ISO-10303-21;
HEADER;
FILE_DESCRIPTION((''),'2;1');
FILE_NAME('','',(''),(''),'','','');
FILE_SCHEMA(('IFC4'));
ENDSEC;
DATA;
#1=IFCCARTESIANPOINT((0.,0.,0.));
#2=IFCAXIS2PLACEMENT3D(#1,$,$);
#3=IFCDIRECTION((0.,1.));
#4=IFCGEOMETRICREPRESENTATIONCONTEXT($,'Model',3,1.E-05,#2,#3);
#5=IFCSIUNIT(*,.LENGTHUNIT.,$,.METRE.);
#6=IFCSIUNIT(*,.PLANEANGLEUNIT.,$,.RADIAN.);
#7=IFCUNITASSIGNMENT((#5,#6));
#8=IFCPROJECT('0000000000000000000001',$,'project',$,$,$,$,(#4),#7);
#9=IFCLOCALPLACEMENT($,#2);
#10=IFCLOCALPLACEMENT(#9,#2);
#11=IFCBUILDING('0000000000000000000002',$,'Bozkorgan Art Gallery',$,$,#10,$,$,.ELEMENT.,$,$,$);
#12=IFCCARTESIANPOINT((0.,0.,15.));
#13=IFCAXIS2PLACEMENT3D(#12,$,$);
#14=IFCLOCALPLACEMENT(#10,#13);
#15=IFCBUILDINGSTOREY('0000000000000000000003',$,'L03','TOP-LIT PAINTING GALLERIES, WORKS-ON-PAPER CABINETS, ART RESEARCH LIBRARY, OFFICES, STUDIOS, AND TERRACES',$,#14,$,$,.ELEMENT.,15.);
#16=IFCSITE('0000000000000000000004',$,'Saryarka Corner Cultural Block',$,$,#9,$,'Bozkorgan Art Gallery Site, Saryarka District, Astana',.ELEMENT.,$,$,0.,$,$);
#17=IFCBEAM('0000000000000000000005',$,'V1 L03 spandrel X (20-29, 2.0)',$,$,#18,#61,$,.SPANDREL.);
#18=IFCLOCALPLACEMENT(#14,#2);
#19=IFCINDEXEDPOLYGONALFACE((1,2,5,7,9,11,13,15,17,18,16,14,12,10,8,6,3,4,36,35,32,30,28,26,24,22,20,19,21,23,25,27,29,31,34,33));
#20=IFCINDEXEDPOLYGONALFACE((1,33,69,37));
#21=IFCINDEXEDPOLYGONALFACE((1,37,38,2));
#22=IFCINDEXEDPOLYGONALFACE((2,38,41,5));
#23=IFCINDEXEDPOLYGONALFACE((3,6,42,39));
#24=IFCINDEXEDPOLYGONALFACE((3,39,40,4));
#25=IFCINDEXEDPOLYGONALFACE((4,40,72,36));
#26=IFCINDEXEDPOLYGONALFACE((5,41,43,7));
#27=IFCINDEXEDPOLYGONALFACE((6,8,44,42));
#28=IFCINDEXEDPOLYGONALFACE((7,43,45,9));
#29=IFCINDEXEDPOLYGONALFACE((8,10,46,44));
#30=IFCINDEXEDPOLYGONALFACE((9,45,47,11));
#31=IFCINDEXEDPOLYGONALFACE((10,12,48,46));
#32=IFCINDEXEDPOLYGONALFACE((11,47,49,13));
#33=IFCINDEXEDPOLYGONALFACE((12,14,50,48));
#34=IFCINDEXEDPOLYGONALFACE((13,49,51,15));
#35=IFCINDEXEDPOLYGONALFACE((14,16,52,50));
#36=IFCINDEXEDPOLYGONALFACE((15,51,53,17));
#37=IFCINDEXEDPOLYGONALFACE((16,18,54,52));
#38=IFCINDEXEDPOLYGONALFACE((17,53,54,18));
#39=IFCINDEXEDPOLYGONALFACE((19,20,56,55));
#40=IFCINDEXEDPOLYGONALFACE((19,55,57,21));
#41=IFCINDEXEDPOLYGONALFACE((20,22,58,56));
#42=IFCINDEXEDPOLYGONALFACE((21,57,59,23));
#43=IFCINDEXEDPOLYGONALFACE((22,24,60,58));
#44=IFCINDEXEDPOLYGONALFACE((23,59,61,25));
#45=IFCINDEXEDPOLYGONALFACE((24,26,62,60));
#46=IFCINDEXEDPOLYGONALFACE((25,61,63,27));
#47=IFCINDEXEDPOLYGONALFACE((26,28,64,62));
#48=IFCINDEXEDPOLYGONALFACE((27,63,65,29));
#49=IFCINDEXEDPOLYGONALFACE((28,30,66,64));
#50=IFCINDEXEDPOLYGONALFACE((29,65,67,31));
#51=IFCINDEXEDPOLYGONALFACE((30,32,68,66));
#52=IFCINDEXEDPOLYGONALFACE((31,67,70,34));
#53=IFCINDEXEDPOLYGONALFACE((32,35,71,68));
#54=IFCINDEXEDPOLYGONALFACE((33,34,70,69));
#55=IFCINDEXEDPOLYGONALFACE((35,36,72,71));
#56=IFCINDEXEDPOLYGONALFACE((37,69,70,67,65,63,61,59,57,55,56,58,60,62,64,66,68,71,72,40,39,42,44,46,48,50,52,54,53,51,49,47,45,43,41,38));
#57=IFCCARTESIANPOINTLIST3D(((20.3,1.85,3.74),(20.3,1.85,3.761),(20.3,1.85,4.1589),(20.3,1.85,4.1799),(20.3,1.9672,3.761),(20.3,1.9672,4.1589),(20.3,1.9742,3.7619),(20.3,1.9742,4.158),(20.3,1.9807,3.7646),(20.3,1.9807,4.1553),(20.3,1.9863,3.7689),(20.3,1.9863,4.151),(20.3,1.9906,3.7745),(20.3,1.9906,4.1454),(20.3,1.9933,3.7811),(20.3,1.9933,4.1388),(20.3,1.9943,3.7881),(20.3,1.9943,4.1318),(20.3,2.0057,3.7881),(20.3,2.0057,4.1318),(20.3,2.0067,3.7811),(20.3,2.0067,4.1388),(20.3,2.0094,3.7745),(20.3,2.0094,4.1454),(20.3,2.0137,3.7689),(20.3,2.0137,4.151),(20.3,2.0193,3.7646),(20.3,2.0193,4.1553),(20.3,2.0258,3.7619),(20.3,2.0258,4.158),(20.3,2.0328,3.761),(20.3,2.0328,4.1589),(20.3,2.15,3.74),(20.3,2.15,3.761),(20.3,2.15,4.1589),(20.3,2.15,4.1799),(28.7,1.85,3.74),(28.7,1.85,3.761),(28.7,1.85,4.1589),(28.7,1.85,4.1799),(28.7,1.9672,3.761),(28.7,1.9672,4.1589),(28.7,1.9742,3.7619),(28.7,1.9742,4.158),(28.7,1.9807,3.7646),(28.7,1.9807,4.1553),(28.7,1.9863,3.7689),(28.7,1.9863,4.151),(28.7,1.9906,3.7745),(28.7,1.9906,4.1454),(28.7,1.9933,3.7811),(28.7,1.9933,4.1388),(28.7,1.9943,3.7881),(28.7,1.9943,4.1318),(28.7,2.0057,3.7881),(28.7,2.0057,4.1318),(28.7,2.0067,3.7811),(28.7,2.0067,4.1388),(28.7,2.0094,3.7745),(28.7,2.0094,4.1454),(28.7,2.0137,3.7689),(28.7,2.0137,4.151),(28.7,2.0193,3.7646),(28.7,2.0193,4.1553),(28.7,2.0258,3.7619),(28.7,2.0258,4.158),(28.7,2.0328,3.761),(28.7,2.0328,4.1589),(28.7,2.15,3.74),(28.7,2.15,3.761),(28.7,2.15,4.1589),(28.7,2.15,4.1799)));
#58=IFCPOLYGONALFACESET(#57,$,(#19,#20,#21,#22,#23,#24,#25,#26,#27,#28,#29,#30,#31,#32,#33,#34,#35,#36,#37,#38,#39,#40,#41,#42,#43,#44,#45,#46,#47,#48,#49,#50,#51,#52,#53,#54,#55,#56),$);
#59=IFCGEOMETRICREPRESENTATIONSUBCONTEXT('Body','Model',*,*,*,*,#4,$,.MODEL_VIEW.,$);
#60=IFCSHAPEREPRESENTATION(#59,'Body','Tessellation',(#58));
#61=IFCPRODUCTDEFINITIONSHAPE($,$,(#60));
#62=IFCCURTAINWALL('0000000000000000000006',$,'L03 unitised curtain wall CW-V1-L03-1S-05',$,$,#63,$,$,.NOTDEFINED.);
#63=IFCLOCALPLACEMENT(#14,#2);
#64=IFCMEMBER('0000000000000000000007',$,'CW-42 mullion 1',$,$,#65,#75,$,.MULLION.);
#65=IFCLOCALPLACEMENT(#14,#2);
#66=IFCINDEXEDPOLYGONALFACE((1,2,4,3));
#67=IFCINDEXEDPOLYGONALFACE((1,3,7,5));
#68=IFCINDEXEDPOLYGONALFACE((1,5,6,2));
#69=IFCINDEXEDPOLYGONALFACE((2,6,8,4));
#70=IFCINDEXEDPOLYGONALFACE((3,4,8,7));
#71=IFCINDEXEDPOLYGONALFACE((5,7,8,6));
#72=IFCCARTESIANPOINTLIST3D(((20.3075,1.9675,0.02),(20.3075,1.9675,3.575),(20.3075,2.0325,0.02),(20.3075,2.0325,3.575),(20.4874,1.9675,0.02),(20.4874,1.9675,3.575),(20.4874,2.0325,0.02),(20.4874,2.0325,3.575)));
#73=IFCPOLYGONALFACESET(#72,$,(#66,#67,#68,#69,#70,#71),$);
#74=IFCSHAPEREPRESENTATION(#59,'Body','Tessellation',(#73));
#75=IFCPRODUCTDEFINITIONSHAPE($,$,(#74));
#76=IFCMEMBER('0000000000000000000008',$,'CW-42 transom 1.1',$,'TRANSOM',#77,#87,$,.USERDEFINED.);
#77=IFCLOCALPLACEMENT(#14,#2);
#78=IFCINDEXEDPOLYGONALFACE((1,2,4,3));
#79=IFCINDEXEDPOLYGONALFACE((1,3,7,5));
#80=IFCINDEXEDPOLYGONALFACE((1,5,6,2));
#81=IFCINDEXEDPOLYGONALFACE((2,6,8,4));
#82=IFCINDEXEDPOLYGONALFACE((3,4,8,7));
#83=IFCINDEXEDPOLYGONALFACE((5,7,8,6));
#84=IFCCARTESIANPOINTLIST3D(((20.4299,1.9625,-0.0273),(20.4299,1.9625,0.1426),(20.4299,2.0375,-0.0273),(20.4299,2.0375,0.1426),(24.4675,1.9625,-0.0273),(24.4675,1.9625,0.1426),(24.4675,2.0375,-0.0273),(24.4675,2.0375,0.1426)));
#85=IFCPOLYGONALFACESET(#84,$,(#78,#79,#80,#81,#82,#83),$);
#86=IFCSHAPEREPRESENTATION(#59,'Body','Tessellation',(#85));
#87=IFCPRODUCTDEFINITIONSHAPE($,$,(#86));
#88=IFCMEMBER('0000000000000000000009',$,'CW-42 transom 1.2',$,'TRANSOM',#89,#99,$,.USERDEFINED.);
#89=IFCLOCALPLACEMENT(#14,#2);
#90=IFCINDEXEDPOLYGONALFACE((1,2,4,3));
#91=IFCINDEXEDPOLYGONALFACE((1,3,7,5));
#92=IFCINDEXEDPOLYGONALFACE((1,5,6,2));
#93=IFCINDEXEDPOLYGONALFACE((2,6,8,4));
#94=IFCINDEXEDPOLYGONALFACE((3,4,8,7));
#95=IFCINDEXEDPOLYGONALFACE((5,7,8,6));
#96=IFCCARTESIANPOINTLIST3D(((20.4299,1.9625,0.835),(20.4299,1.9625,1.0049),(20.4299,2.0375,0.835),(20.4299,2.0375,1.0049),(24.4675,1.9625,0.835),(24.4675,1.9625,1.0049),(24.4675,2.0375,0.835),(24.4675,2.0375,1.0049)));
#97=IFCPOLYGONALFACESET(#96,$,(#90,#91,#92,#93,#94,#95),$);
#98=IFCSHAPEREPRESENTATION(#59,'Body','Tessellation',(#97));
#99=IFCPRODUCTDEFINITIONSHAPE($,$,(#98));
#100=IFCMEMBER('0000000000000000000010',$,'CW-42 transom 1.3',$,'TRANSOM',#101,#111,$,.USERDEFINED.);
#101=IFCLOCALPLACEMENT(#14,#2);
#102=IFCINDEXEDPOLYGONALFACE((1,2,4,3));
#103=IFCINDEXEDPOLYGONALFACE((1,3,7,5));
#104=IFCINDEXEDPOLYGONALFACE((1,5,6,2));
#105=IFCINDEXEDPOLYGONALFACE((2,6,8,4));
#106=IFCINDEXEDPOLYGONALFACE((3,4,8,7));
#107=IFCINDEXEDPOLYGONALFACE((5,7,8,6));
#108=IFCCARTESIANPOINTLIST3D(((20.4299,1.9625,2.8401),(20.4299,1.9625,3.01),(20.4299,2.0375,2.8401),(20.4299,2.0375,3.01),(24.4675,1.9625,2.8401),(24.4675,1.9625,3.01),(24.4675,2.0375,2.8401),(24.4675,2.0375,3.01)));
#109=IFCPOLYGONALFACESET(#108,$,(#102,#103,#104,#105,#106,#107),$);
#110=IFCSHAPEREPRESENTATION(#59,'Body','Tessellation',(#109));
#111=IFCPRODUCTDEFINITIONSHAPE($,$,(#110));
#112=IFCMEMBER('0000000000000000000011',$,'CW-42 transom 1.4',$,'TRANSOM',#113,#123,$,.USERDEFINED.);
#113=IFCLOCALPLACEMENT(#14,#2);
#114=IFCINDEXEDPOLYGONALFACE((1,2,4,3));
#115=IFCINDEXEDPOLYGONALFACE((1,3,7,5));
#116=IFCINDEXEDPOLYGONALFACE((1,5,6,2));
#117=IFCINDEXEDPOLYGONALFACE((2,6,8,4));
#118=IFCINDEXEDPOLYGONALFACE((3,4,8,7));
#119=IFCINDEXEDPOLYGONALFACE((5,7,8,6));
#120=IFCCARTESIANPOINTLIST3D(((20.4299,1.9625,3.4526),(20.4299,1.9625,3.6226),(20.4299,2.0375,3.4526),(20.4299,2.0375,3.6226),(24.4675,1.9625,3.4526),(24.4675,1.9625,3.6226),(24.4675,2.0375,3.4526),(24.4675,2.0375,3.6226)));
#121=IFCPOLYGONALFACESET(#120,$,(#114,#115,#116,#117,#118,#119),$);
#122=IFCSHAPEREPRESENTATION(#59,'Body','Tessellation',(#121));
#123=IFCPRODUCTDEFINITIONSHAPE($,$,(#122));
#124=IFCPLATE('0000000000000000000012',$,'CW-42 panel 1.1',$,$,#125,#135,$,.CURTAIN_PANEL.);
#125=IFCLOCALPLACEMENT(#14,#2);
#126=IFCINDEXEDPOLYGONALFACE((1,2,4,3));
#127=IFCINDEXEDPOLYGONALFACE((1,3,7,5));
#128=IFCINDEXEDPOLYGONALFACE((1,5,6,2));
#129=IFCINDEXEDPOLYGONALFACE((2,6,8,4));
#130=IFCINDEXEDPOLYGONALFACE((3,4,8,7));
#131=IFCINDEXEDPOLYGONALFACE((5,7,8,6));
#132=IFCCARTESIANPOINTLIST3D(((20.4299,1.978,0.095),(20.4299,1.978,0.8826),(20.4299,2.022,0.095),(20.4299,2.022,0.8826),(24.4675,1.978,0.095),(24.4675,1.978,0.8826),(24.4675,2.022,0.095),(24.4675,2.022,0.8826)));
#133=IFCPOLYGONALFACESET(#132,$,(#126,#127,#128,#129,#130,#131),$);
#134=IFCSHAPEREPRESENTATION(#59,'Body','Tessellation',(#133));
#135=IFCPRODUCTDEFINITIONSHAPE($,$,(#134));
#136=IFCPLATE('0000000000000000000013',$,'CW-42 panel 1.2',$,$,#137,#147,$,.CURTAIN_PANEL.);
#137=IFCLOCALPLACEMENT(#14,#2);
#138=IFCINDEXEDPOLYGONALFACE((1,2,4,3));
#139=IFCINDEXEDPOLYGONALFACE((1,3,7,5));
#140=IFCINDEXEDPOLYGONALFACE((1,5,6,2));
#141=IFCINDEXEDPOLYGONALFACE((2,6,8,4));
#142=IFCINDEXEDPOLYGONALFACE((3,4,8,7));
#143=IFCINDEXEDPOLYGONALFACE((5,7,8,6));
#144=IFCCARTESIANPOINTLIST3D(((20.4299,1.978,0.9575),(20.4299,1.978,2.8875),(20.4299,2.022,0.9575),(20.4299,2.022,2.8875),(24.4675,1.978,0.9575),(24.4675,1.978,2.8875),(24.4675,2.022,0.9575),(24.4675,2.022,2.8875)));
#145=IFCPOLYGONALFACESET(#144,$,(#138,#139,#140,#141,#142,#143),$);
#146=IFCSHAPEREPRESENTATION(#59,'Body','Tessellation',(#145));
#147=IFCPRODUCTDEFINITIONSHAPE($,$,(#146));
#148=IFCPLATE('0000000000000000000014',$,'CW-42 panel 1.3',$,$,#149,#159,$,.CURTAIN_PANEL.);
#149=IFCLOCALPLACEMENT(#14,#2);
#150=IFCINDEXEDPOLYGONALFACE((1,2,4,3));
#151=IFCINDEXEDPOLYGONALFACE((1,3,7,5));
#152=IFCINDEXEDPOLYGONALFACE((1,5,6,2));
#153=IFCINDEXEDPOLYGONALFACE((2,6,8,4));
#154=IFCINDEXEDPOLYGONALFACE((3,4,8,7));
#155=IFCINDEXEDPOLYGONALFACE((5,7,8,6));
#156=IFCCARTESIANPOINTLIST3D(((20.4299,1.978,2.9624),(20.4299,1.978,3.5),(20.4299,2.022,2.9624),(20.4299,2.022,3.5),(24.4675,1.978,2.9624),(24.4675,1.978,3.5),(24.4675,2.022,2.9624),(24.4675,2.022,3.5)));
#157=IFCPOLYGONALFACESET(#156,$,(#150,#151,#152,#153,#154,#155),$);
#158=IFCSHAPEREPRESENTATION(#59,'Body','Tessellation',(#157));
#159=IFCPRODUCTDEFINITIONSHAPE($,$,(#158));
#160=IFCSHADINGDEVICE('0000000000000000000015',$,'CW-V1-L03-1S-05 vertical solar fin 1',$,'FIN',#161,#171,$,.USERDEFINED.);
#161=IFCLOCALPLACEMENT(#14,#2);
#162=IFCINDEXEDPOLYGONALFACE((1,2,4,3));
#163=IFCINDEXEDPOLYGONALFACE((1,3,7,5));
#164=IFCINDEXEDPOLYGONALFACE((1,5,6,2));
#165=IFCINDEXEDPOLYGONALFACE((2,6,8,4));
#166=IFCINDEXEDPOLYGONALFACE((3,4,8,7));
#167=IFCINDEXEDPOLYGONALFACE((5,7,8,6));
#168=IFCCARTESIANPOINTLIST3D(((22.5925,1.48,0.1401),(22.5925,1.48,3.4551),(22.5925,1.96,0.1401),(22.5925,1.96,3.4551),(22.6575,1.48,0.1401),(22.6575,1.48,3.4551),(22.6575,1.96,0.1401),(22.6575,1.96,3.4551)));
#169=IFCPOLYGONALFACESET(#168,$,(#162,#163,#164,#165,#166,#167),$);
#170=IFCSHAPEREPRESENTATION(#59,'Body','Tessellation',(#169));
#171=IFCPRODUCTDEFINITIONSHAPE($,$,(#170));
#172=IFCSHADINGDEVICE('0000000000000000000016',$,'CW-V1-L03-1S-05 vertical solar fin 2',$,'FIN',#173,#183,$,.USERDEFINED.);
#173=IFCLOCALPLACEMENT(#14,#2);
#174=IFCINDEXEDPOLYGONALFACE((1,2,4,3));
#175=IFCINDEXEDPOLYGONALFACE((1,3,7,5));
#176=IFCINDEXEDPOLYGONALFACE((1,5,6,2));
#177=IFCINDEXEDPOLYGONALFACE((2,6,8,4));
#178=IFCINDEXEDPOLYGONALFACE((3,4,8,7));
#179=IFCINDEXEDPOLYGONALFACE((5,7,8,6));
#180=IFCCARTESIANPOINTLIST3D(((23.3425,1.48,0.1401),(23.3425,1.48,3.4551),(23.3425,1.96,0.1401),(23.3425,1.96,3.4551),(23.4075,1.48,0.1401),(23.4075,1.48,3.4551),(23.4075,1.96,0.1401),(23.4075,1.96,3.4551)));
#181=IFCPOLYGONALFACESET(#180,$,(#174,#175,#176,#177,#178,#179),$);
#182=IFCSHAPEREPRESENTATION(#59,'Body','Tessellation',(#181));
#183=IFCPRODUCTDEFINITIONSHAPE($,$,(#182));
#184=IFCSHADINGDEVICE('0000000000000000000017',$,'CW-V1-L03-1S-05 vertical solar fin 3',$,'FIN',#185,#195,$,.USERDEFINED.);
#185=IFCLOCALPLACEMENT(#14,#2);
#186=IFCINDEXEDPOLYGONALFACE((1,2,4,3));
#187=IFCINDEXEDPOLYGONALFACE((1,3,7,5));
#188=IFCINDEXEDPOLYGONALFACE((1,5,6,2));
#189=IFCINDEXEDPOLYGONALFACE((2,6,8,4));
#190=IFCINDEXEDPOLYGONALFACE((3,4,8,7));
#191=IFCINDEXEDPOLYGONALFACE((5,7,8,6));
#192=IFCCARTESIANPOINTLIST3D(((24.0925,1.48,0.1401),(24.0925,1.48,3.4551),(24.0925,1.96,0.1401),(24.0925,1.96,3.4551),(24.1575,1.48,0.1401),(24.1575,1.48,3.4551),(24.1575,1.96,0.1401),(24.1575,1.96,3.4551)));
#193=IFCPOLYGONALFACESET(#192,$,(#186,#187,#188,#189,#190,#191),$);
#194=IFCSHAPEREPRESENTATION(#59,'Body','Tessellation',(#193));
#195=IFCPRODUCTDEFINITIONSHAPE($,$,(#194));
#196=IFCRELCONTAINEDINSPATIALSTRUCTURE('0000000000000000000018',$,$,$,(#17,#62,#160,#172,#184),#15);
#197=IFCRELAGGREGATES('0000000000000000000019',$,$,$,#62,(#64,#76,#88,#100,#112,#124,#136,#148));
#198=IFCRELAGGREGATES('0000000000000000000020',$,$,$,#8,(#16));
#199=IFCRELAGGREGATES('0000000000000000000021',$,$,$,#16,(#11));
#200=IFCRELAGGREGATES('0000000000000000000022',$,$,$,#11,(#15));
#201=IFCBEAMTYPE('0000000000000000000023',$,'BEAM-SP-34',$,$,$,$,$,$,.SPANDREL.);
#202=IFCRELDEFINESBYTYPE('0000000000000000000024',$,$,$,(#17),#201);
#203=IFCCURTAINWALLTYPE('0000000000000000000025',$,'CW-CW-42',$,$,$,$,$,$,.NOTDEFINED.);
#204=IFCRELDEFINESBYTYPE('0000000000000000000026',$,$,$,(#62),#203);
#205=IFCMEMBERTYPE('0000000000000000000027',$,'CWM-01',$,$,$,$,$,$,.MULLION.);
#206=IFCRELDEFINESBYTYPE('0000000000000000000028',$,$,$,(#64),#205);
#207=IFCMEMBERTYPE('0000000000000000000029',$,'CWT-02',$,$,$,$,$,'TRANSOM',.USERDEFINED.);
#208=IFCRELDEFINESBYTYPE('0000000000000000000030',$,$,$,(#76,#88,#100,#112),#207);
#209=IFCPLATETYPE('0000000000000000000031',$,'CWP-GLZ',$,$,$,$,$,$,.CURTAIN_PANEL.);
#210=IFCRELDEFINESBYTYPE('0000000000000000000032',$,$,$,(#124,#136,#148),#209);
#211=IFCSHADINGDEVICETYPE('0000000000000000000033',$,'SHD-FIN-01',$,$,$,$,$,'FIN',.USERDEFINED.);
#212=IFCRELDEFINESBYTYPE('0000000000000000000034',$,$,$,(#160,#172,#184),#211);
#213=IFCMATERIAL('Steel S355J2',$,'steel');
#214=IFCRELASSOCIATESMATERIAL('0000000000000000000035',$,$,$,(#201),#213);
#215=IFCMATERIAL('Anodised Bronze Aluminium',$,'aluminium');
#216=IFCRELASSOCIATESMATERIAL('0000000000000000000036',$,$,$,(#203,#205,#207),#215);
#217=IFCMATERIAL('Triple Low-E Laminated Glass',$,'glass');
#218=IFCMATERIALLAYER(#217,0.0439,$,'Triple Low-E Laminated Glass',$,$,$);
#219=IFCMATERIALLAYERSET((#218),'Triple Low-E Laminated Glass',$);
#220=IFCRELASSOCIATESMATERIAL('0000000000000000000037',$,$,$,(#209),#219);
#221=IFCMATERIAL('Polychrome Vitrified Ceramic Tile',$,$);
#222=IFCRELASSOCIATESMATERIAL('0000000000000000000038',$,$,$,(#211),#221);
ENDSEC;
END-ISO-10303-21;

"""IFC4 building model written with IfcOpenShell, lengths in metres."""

from ifc_helpers import new_model, si_unit, direction, frame, origin, origin_2d, place, context, subcontext, project, spatial, rectangle, i_section, extrude, material, layer, layer_set, material_profile, profile_set, type_object, element, aggregate, save


model = new_model("IFC4")

# Units and contexts
model_context = context("Model", 3, precision=1e-05, world=origin(), true_north=direction((0.0, 1.0)))
body_context = subcontext(model_context, "Body", "Model", "MODEL_VIEW")
ifc_project = project(units=[si_unit("LENGTHUNIT", "METRE"), si_unit("PLANEANGLEUNIT", "RADIAN")], contexts=[model_context])

# Site, building, storey
site_placement = place(None, origin())
site = spatial("IfcSite", under=ifc_project, at=site_placement, Name="Saryarka Corner Cultural Block", LongName="Bozkorgan Art Gallery Site, Saryarka District, Astana", CompositionType="ELEMENT", RefElevation=0.0)
building_placement = place(site_placement, origin())
building = spatial("IfcBuilding", under=site, at=building_placement, Name="Bozkorgan Art Gallery", CompositionType="ELEMENT")
storey_placement = place(building_placement, frame((0.0, 0.0, 15.0)))
storey = spatial("IfcBuildingStorey", under=building, at=storey_placement, Name="L03", Description="TOP-LIT PAINTING GALLERIES, WORKS-ON-PAPER CABINETS, ART RESEARCH LIBRARY, OFFICES, STUDIOS, AND TERRACES", CompositionType="ELEMENT", Elevation=15.0)

# Beam
ifc_material_1 = material(Name="Steel S355J2", Category="steel")
ifc_material_profile_1 = material_profile(ifc_material_1, i_section(OverallWidth=0.3, OverallDepth=0.4399, WebThickness=0.0115, FlangeThickness=0.021, FilletRadius=0.0271, at=origin_2d()), Name="HEA 450")
ifc_profile_set_1 = profile_set([ifc_material_profile_1], Name="Steel S355J2")
beam_type = type_object("IfcBeamType", Name="BEAM-SP-34", PredefinedType="SPANDREL", material=ifc_profile_set_1)
beam_placement = place(storey_placement, frame((20.3, 2.0, 3.96), z_axis=(1.0, 0.0, 0.0), x_axis=(0.0, 1.0, 0.0)))
element("IfcBeam", 1, at=beam_placement, inside=storey, type_object=beam_type, Name="V1 L03 spandrel X (20-29, 2.0)", PredefinedType="SPANDREL", context=body_context, shape_type="SweptSolid", body=[
    extrude(i_section(OverallWidth=0.3, OverallDepth=0.4399, WebThickness=0.0115, FlangeThickness=0.021, FilletRadius=0.0271, at=origin_2d()), origin(), (0.0, 0.0, 1.0), 8.3999),
])

# Curtain wall, members, plates
ifc_material_2 = material(Name="Anodised Bronze Aluminium", Category="aluminium")
curtain_wall_type = type_object("IfcCurtainWallType", Name="CW-CW-42", PredefinedType="NOTDEFINED", material=ifc_material_2)
curtain_wall_placement = place(storey_placement, origin())
curtain_wall = element("IfcCurtainWall", 2, at=curtain_wall_placement, inside=storey, type_object=curtain_wall_type, Name="L03 unitised curtain wall CW-V1-L03-1S-05", PredefinedType="NOTDEFINED")
ifc_material_profile_2 = material_profile(ifc_material_2, rectangle(XDim=0.0649, YDim=0.1799, at=origin_2d()), Name="ALU MULLION 65x180")
ifc_profile_set_2 = profile_set([ifc_material_profile_2], Name="Anodised Bronze Aluminium")
member_type_1 = type_object("IfcMemberType", Name="CWM-01", PredefinedType="MULLION", material=ifc_profile_set_2)
member_1_placement = place(storey_placement, frame((20.3975, 2.0, 0.02), z_axis=(0.0, 0.0, 1.0), x_axis=(0.0, 1.0, 0.0)))
member_1 = element("IfcMember", 3, at=member_1_placement, type_object=member_type_1, Name="CW-42 mullion 1", PredefinedType="MULLION", context=body_context, shape_type="SweptSolid", body=[
    extrude(rectangle(XDim=0.0649, YDim=0.1799, at=origin_2d()), origin(), (0.0, 0.0, 1.0), 3.5549),
])
ifc_material_profile_3 = material_profile(ifc_material_2, rectangle(XDim=0.075, YDim=0.1699, at=origin_2d()), Name="ALU TRANSOM 75x170")
ifc_profile_set_3 = profile_set([ifc_material_profile_3], Name="Anodised Bronze Aluminium")
member_type_2 = type_object("IfcMemberType", Name="CWT-02", ElementType="TRANSOM", PredefinedType="USERDEFINED", material=ifc_profile_set_3)
member_2_placement = place(storey_placement, frame((20.4299, 2.0, 0.0576), z_axis=(1.0, 0.0, 0.0), x_axis=(0.0, 1.0, 0.0)))
member_2 = element("IfcMember", 4, at=member_2_placement, type_object=member_type_2, Name="CW-42 transom 1.1", ObjectType="TRANSOM", PredefinedType="USERDEFINED", context=body_context, shape_type="SweptSolid", body=[
    extrude(rectangle(XDim=0.075, YDim=0.1699, at=origin_2d()), origin(), (0.0, 0.0, 1.0), 4.0376),
])
member_3_placement = place(storey_placement, frame((20.4299, 2.0, 0.9199), z_axis=(1.0, 0.0, 0.0), x_axis=(0.0, 1.0, 0.0)))
member_3 = element("IfcMember", 5, at=member_3_placement, type_object=member_type_2, Name="CW-42 transom 1.2", ObjectType="TRANSOM", PredefinedType="USERDEFINED", context=body_context, shape_type="SweptSolid", body=[
    extrude(rectangle(XDim=0.075, YDim=0.1699, at=origin_2d()), origin(), (0.0, 0.0, 1.0), 4.0376),
])
member_4_placement = place(storey_placement, frame((20.4299, 2.0, 2.925), z_axis=(1.0, 0.0, 0.0), x_axis=(0.0, 1.0, 0.0)))
member_4 = element("IfcMember", 6, at=member_4_placement, type_object=member_type_2, Name="CW-42 transom 1.3", ObjectType="TRANSOM", PredefinedType="USERDEFINED", context=body_context, shape_type="SweptSolid", body=[
    extrude(rectangle(XDim=0.075, YDim=0.1699, at=origin_2d()), origin(), (0.0, 0.0, 1.0), 4.0376),
])
member_5_placement = place(storey_placement, frame((20.4299, 2.0, 3.5376), z_axis=(1.0, 0.0, 0.0), x_axis=(0.0, 1.0, 0.0)))
member_5 = element("IfcMember", 7, at=member_5_placement, type_object=member_type_2, Name="CW-42 transom 1.4", ObjectType="TRANSOM", PredefinedType="USERDEFINED", context=body_context, shape_type="SweptSolid", body=[
    extrude(rectangle(XDim=0.075, YDim=0.1699, at=origin_2d()), origin(), (0.0, 0.0, 1.0), 4.0376),
])
ifc_material_3 = material(Name="Triple Low-E Laminated Glass", Category="glass")
ifc_layer = layer(ifc_material_3, 0.0439, Name="Triple Low-E Laminated Glass")
ifc_layer_set = layer_set([ifc_layer], Name="Triple Low-E Laminated Glass")
plate_type = type_object("IfcPlateType", Name="CWP-GLZ", PredefinedType="CURTAIN_PANEL", material=ifc_layer_set)
plate_1_placement = place(storey_placement, frame((22.4487, 2.0, 0.095), z_axis=(0.0, 0.0, 1.0), x_axis=(1.0, 0.0, 0.0)))
plate_1 = element("IfcPlate", 8, at=plate_1_placement, type_object=plate_type, Name="CW-42 panel 1.1", PredefinedType="CURTAIN_PANEL", context=body_context, shape_type="SweptSolid", body=[
    extrude(rectangle(XDim=4.0376, YDim=0.0439, at=origin_2d()), origin(), (0.0, 0.0, 1.0), 0.7876),
])
plate_2_placement = place(storey_placement, frame((22.4487, 2.0, 0.9575), z_axis=(0.0, 0.0, 1.0), x_axis=(1.0, 0.0, 0.0)))
plate_2 = element("IfcPlate", 9, at=plate_2_placement, type_object=plate_type, Name="CW-42 panel 1.2", PredefinedType="CURTAIN_PANEL", context=body_context, shape_type="SweptSolid", body=[
    extrude(rectangle(XDim=4.0376, YDim=0.0439, at=origin_2d()), origin(), (0.0, 0.0, 1.0), 1.9299),
])
plate_3_placement = place(storey_placement, frame((22.4487, 2.0, 2.9624), z_axis=(0.0, 0.0, 1.0), x_axis=(1.0, 0.0, 0.0)))
plate_3 = element("IfcPlate", 10, at=plate_3_placement, type_object=plate_type, Name="CW-42 panel 1.3", PredefinedType="CURTAIN_PANEL", context=body_context, shape_type="SweptSolid", body=[
    extrude(rectangle(XDim=4.0376, YDim=0.0439, at=origin_2d()), origin(), (0.0, 0.0, 1.0), 0.5376),
])
aggregate(curtain_wall, [member_1, member_2, member_3, member_4, member_5, plate_1, plate_2, plate_3])

# Shading devices
ifc_material_4 = material(Name="Polychrome Vitrified Ceramic Tile")
shading_device_type = type_object("IfcShadingDeviceType", Name="SHD-FIN-01", ElementType="FIN", PredefinedType="USERDEFINED", material=ifc_material_4)
for number, where, z_axis, x_axis, name in (
    (11, (22.625, 1.72, 0.1401), (0.0, 0.0, 1.0), (0.0, -1.0, 0.0), "CW-V1-L03-1S-05 vertical solar fin 1"),
    (12, (23.375, 1.72, 0.1401), (0.0, 0.0, 1.0), (0.0, -1.0, 0.0), "CW-V1-L03-1S-05 vertical solar fin 2"),
    (13, (24.125, 1.72, 0.1401), (0.0, 0.0, 1.0), (0.0, -1.0, 0.0), "CW-V1-L03-1S-05 vertical solar fin 3"),
):
    element("IfcShadingDevice", number, at=place(storey_placement, frame(where, z_axis=z_axis, x_axis=x_axis)), inside=storey, type_object=shading_device_type, Name=name, ObjectType="FIN", PredefinedType="USERDEFINED", context=body_context, shape_type="SweptSolid", body=[
        extrude(rectangle(XDim=0.48, YDim=0.0649, at=origin_2d()), origin(), (0.0, 0.0, 1.0), 3.3149),
    ])

save(model, "model.ifc")
